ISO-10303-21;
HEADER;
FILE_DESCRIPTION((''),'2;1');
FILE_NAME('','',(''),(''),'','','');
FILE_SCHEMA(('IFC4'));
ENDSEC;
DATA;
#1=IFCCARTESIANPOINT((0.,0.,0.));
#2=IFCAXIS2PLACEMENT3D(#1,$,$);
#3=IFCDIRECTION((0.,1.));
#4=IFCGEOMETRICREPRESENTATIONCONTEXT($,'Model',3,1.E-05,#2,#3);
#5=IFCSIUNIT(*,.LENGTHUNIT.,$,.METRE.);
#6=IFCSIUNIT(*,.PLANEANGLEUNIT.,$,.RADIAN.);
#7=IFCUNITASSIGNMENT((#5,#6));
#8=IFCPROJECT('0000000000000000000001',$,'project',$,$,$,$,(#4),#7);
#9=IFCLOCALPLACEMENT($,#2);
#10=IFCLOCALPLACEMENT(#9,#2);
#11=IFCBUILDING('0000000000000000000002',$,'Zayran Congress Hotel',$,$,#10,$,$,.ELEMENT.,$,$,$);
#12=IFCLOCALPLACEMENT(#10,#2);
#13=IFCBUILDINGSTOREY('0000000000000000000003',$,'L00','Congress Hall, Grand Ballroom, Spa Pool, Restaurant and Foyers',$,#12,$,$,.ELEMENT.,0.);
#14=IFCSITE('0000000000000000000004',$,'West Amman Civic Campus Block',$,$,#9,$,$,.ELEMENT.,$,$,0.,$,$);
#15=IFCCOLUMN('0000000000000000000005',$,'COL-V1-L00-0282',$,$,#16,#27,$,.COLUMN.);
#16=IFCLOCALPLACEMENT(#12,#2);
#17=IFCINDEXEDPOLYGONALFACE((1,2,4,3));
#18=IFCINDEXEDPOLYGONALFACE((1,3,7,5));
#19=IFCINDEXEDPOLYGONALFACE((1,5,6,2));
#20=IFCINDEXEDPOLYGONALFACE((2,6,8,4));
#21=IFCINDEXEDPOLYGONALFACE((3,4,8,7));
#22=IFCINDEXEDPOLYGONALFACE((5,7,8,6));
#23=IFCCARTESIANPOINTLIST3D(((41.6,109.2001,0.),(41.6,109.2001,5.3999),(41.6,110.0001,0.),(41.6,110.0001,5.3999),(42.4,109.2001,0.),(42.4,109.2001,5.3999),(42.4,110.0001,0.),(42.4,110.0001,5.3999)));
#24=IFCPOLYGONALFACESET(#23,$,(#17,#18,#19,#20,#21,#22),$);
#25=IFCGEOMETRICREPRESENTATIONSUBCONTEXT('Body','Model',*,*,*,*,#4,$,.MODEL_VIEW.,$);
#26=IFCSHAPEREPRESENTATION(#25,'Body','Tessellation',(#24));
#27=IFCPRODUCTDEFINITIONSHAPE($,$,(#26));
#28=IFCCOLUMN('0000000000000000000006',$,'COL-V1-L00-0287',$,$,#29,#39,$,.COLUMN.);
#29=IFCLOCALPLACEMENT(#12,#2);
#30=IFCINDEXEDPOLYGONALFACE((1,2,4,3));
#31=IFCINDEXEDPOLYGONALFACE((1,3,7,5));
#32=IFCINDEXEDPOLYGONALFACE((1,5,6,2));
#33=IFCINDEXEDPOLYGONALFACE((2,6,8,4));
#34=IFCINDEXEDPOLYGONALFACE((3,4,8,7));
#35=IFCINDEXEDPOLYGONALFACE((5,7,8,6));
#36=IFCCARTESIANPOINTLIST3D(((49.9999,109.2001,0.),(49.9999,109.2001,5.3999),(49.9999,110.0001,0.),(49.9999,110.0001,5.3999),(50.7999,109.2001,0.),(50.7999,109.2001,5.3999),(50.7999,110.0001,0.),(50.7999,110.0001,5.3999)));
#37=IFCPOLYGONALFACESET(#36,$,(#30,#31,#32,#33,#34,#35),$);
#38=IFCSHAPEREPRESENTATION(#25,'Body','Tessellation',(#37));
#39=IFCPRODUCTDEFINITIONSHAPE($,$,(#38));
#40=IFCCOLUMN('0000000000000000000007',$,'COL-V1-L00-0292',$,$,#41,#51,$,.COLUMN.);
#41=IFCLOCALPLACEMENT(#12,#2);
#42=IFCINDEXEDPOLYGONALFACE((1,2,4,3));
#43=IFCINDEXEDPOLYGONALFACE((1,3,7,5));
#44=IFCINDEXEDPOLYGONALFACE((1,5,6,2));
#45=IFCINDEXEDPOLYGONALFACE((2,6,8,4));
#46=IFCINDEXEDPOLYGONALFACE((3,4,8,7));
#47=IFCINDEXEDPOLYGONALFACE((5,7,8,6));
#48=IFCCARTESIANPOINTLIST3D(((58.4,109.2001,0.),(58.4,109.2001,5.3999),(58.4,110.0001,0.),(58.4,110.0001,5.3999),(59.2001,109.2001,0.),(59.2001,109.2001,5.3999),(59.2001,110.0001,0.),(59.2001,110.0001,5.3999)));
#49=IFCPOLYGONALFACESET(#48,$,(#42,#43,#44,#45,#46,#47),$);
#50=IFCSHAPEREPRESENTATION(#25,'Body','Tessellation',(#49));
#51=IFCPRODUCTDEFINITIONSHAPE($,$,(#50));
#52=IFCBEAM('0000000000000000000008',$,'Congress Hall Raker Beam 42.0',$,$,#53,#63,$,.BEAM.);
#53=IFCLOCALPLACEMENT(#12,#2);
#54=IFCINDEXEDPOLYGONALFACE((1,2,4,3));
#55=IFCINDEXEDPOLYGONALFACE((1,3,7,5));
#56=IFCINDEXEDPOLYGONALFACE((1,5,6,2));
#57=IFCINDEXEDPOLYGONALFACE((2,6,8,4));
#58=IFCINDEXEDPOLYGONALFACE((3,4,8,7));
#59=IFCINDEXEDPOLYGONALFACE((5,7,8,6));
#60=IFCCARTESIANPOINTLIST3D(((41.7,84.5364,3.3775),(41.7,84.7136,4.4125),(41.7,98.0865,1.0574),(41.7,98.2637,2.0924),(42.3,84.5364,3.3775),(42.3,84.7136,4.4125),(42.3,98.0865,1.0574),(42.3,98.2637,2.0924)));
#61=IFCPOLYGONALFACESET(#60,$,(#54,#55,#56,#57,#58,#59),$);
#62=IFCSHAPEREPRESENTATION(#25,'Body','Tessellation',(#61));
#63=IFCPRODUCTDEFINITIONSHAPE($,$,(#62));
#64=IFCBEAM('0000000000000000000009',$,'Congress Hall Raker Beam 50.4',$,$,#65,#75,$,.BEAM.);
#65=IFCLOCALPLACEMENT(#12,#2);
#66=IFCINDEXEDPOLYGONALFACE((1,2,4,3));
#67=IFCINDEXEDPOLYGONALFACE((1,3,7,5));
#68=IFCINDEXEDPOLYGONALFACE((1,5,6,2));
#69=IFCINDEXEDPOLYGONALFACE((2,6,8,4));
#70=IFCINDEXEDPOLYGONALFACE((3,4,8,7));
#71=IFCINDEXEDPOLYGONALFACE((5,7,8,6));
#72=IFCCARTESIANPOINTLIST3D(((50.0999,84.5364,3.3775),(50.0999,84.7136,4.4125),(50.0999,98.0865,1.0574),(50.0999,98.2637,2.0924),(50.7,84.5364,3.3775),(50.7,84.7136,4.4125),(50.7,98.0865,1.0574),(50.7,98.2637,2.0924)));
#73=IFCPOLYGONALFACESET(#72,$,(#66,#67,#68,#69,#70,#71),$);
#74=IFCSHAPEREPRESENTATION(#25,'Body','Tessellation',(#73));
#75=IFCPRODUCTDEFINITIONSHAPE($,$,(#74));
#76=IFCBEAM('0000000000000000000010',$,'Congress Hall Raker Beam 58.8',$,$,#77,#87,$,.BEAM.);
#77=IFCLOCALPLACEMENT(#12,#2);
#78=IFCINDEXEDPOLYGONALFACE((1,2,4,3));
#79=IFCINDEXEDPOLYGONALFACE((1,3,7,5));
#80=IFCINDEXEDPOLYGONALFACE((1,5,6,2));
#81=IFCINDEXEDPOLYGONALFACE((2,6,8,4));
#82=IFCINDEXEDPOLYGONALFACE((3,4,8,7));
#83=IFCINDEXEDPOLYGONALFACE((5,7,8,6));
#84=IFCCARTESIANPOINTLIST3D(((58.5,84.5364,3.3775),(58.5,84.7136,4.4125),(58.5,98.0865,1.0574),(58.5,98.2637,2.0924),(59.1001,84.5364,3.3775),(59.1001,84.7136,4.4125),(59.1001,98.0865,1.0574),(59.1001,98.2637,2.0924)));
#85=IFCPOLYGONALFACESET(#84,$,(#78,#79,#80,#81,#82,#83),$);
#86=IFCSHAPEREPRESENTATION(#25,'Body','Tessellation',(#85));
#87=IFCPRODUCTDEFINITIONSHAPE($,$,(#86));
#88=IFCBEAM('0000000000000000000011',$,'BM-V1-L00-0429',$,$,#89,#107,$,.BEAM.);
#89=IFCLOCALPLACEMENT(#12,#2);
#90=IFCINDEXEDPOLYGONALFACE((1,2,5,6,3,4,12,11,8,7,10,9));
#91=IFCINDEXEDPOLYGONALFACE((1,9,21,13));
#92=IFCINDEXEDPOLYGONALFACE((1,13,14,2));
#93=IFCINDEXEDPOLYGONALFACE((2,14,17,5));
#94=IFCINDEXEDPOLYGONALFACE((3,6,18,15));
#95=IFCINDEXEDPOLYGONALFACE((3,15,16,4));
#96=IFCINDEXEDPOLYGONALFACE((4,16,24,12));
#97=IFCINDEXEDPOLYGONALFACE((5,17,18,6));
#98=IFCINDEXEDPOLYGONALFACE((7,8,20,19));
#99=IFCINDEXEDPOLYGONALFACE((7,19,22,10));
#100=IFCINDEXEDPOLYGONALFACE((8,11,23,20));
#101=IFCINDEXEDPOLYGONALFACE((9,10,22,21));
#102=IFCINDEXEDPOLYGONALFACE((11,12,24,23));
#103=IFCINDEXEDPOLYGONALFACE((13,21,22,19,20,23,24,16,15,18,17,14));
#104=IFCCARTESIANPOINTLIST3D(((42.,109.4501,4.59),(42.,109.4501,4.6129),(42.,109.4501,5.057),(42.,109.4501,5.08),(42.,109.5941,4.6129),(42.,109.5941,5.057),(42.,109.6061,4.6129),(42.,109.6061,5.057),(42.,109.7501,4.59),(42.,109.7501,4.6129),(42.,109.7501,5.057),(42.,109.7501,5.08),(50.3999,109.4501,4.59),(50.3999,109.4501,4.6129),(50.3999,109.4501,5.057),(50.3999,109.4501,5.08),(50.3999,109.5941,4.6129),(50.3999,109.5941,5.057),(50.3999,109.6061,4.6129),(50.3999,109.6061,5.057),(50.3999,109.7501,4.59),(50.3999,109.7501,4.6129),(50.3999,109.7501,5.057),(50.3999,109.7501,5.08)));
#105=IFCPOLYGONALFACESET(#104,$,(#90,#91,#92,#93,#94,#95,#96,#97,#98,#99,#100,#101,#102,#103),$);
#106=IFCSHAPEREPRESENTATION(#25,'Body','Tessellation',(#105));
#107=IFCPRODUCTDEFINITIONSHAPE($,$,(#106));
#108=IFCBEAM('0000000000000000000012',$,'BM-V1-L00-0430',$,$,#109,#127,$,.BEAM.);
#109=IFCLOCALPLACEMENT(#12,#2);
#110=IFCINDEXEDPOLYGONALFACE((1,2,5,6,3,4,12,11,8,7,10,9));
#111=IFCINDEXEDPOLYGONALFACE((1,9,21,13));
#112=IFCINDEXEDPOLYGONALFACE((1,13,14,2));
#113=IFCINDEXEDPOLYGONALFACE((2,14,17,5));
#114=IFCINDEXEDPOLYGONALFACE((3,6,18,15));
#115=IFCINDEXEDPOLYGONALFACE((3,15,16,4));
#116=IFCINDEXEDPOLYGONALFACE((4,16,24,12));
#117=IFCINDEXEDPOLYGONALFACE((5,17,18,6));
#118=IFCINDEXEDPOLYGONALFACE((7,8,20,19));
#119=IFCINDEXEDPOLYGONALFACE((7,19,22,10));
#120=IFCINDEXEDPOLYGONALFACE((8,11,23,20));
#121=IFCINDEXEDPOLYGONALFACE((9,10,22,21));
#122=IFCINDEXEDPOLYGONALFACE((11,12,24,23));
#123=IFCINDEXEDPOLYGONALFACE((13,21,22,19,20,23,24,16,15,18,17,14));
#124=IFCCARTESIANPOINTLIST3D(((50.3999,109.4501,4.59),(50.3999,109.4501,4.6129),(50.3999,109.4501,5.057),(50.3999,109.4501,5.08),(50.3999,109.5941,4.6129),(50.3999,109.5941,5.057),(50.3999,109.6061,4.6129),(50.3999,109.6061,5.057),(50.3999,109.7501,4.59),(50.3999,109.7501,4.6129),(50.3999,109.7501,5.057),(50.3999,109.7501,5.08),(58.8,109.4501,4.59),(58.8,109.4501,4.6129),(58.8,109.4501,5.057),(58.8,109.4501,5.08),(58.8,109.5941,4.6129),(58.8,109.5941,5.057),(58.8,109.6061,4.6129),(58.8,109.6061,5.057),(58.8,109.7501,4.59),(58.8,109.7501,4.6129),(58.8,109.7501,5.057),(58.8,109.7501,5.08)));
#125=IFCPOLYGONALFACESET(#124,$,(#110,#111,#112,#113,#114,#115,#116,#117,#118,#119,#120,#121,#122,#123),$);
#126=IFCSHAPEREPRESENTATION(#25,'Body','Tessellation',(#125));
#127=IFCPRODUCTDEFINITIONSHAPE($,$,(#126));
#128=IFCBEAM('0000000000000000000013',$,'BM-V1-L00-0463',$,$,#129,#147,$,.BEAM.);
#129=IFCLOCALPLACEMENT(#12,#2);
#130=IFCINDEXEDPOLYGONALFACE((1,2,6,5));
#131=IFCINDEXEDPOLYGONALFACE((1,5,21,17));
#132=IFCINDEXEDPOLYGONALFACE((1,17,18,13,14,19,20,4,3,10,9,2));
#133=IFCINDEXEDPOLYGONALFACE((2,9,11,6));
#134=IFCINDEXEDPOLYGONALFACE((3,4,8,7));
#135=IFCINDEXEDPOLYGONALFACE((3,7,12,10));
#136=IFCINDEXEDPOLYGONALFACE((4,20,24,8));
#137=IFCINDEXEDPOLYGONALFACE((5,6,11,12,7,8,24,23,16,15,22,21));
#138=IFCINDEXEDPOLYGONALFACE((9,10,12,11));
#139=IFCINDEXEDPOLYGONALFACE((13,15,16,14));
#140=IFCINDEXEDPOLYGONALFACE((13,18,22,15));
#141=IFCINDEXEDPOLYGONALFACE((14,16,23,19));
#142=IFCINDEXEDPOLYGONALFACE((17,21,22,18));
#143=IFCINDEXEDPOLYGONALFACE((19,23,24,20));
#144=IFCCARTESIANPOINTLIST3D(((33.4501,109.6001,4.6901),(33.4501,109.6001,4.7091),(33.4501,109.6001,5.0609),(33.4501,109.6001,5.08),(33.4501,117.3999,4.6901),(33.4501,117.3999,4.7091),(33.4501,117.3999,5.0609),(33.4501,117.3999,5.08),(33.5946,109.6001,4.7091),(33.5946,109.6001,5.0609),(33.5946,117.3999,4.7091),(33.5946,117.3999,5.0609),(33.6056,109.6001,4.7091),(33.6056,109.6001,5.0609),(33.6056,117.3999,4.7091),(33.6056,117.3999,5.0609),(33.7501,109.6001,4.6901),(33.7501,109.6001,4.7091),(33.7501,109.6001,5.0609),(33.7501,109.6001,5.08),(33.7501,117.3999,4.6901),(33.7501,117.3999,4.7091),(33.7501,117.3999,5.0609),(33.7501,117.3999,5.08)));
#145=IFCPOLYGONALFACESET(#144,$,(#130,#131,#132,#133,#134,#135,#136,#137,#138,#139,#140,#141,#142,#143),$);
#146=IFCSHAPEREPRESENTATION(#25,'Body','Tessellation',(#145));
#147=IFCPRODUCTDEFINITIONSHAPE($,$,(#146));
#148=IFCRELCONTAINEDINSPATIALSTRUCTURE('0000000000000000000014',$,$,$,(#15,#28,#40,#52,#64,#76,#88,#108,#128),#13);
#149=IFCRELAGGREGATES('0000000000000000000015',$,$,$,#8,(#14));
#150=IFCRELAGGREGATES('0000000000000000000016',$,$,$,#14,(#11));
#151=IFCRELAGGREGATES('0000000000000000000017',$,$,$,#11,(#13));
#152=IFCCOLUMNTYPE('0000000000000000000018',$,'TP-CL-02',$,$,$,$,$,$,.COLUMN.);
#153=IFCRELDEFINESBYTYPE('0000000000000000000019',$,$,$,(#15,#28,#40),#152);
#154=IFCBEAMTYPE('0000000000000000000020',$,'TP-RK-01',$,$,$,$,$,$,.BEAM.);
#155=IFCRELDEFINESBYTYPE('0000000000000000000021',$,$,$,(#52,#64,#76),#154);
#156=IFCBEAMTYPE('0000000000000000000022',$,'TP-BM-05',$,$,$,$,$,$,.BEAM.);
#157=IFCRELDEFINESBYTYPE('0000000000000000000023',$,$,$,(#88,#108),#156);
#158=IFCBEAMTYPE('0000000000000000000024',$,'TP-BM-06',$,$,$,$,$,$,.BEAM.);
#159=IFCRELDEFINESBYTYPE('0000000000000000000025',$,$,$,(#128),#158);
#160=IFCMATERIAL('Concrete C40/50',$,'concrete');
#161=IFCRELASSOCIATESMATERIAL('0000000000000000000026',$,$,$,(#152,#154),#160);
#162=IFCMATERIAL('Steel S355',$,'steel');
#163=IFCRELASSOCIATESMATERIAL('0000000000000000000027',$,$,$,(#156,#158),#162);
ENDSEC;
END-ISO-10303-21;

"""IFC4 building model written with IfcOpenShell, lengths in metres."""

from ifc_helpers import new_model, si_unit, direction, frame, origin, origin_2d, place, context, subcontext, project, spatial, rectangle, i_section, extrude, material, material_profile, profile_set, type_object, element, save


model = new_model("IFC4")

# Units and contexts
model_context = context("Model", 3, precision=1e-05, world=origin(), true_north=direction((0.0, 1.0)))
body_context = subcontext(model_context, "Body", "Model", "MODEL_VIEW")
ifc_project = project(units=[si_unit("LENGTHUNIT", "METRE"), si_unit("PLANEANGLEUNIT", "RADIAN")], contexts=[model_context])

# Site, building, storey
site_placement = place(None, origin())
site = spatial("IfcSite", under=ifc_project, at=site_placement, Name="West Amman Civic Campus Block", CompositionType="ELEMENT", RefElevation=0.0)
building_placement = place(site_placement, origin())
building = spatial("IfcBuilding", under=site, at=building_placement, Name="Zayran Congress Hotel", CompositionType="ELEMENT")
storey_placement = place(building_placement, origin())
storey = spatial("IfcBuildingStorey", under=building, at=storey_placement, Name="L00", Description="Congress Hall, Grand Ballroom, Spa Pool, Restaurant and Foyers", CompositionType="ELEMENT", Elevation=0.0)

# Columns
ifc_material_1 = material(Name="Concrete C40/50", Category="concrete")
ifc_material_profile_1 = material_profile(ifc_material_1, rectangle(XDim=0.8, YDim=0.8, at=origin_2d()), Name="RC 800x800")
ifc_profile_set_1 = profile_set([ifc_material_profile_1], Name="Concrete C40/50")
column_type = type_object("IfcColumnType", Name="TP-CL-02", PredefinedType="COLUMN", material=ifc_profile_set_1)
for number, where, z_axis, x_axis, name in (
    (1, (42.0, 109.6001, 0.0), (0.0, 0.0, 1.0), (1.0, 0.0, 0.0), "COL-V1-L00-0282"),
    (2, (50.3999, 109.6001, 0.0), (0.0, 0.0, 1.0), (1.0, 0.0, 0.0), "COL-V1-L00-0287"),
    (3, (58.8, 109.6001, 0.0), (0.0, 0.0, 1.0), (1.0, 0.0, 0.0), "COL-V1-L00-0292"),
):
    element("IfcColumn", number, at=place(storey_placement, frame(where, z_axis=z_axis, x_axis=x_axis)), inside=storey, type_object=column_type, Name=name, PredefinedType="COLUMN", context=body_context, shape_type="SweptSolid", body=[
        extrude(rectangle(XDim=0.8, YDim=0.8, at=origin_2d()), origin(), (0.0, 0.0, 1.0), 5.3999),
    ])

# Beams
ifc_material_profile_2 = material_profile(ifc_material_1, rectangle(XDim=0.6001, YDim=1.05, at=origin_2d()), Name="RC 600x1050")
ifc_profile_set_2 = profile_set([ifc_material_profile_2], Name="Concrete C40/50")
beam_type_1 = type_object("IfcBeamType", Name="TP-RK-01", PredefinedType="BEAM", material=ifc_profile_set_2)
for number, where, z_axis, x_axis, name in (
    (4, (42.0, 84.625, 3.895), (0.0, 0.985656, -0.168766), (-1.0, 0.0, 0.0), "Congress Hall Raker Beam 42.0"),
    (5, (50.3999, 84.625, 3.895), (0.0, 0.985656, -0.168766), (-1.0, 0.0, 0.0), "Congress Hall Raker Beam 50.4"),
    (6, (58.8, 84.625, 3.895), (0.0, 0.985656, -0.168766), (-1.0, 0.0, 0.0), "Congress Hall Raker Beam 58.8"),
):
    element("IfcBeam", number, at=place(storey_placement, frame(where, z_axis=z_axis, x_axis=x_axis)), inside=storey, type_object=beam_type_1, Name=name, PredefinedType="BEAM", context=body_context, shape_type="SweptSolid", body=[
        extrude(rectangle(XDim=0.6001, YDim=1.05, at=origin_2d()), origin(), (0.0, 0.0, 1.0), 13.7473),
    ])
ifc_material_2 = material(Name="Steel S355", Category="steel")
ifc_material_profile_3 = material_profile(ifc_material_2, i_section(OverallWidth=0.3, OverallDepth=0.49, WebThickness=0.012, FlangeThickness=0.0229, at=origin_2d()), Name="HEA 500")
ifc_profile_set_3 = profile_set([ifc_material_profile_3], Name="Steel S355")
beam_type_2 = type_object("IfcBeamType", Name="TP-BM-05", PredefinedType="BEAM", material=ifc_profile_set_3)
beam_1_placement = place(storey_placement, frame((42.0, 109.6001, 4.835), z_axis=(1.0, 0.0, 0.0), x_axis=(0.0, 1.0, 0.0)))
element("IfcBeam", 7, at=beam_1_placement, inside=storey, type_object=beam_type_2, Name="BM-V1-L00-0429", PredefinedType="BEAM", context=body_context, shape_type="SweptSolid", body=[
    extrude(i_section(OverallWidth=0.3, OverallDepth=0.49, WebThickness=0.012, FlangeThickness=0.0229, at=origin_2d()), origin(), (0.0, 0.0, 1.0), 8.3999),
])
beam_2_placement = place(storey_placement, frame((50.3999, 109.6001, 4.835), z_axis=(1.0, 0.0, 0.0), x_axis=(0.0, 1.0, 0.0)))
element("IfcBeam", 8, at=beam_2_placement, inside=storey, type_object=beam_type_2, Name="BM-V1-L00-0430", PredefinedType="BEAM", context=body_context, shape_type="SweptSolid", body=[
    extrude(i_section(OverallWidth=0.3, OverallDepth=0.49, WebThickness=0.012, FlangeThickness=0.0229, at=origin_2d()), origin(), (0.0, 0.0, 1.0), 8.4001),
])
ifc_material_profile_4 = material_profile(ifc_material_2, i_section(OverallWidth=0.3, OverallDepth=0.3899, WebThickness=0.011, FlangeThickness=0.019, at=origin_2d()), Name="HEA 400")
ifc_profile_set_4 = profile_set([ifc_material_profile_4], Name="Steel S355")
beam_type_3 = type_object("IfcBeamType", Name="TP-BM-06", PredefinedType="BEAM", material=ifc_profile_set_4)
beam_3_placement = place(storey_placement, frame((33.6001, 109.6001, 4.885), z_axis=(0.0, 1.0, 0.0), x_axis=(-1.0, 0.0, 0.0)))
element("IfcBeam", 9, at=beam_3_placement, inside=storey, type_object=beam_type_3, Name="BM-V1-L00-0463", PredefinedType="BEAM", context=body_context, shape_type="SweptSolid", body=[
    extrude(i_section(OverallWidth=0.3, OverallDepth=0.3899, WebThickness=0.011, FlangeThickness=0.019, at=origin_2d()), origin(), (0.0, 0.0, 1.0), 7.7998),
])

save(model, "model.ifc")
